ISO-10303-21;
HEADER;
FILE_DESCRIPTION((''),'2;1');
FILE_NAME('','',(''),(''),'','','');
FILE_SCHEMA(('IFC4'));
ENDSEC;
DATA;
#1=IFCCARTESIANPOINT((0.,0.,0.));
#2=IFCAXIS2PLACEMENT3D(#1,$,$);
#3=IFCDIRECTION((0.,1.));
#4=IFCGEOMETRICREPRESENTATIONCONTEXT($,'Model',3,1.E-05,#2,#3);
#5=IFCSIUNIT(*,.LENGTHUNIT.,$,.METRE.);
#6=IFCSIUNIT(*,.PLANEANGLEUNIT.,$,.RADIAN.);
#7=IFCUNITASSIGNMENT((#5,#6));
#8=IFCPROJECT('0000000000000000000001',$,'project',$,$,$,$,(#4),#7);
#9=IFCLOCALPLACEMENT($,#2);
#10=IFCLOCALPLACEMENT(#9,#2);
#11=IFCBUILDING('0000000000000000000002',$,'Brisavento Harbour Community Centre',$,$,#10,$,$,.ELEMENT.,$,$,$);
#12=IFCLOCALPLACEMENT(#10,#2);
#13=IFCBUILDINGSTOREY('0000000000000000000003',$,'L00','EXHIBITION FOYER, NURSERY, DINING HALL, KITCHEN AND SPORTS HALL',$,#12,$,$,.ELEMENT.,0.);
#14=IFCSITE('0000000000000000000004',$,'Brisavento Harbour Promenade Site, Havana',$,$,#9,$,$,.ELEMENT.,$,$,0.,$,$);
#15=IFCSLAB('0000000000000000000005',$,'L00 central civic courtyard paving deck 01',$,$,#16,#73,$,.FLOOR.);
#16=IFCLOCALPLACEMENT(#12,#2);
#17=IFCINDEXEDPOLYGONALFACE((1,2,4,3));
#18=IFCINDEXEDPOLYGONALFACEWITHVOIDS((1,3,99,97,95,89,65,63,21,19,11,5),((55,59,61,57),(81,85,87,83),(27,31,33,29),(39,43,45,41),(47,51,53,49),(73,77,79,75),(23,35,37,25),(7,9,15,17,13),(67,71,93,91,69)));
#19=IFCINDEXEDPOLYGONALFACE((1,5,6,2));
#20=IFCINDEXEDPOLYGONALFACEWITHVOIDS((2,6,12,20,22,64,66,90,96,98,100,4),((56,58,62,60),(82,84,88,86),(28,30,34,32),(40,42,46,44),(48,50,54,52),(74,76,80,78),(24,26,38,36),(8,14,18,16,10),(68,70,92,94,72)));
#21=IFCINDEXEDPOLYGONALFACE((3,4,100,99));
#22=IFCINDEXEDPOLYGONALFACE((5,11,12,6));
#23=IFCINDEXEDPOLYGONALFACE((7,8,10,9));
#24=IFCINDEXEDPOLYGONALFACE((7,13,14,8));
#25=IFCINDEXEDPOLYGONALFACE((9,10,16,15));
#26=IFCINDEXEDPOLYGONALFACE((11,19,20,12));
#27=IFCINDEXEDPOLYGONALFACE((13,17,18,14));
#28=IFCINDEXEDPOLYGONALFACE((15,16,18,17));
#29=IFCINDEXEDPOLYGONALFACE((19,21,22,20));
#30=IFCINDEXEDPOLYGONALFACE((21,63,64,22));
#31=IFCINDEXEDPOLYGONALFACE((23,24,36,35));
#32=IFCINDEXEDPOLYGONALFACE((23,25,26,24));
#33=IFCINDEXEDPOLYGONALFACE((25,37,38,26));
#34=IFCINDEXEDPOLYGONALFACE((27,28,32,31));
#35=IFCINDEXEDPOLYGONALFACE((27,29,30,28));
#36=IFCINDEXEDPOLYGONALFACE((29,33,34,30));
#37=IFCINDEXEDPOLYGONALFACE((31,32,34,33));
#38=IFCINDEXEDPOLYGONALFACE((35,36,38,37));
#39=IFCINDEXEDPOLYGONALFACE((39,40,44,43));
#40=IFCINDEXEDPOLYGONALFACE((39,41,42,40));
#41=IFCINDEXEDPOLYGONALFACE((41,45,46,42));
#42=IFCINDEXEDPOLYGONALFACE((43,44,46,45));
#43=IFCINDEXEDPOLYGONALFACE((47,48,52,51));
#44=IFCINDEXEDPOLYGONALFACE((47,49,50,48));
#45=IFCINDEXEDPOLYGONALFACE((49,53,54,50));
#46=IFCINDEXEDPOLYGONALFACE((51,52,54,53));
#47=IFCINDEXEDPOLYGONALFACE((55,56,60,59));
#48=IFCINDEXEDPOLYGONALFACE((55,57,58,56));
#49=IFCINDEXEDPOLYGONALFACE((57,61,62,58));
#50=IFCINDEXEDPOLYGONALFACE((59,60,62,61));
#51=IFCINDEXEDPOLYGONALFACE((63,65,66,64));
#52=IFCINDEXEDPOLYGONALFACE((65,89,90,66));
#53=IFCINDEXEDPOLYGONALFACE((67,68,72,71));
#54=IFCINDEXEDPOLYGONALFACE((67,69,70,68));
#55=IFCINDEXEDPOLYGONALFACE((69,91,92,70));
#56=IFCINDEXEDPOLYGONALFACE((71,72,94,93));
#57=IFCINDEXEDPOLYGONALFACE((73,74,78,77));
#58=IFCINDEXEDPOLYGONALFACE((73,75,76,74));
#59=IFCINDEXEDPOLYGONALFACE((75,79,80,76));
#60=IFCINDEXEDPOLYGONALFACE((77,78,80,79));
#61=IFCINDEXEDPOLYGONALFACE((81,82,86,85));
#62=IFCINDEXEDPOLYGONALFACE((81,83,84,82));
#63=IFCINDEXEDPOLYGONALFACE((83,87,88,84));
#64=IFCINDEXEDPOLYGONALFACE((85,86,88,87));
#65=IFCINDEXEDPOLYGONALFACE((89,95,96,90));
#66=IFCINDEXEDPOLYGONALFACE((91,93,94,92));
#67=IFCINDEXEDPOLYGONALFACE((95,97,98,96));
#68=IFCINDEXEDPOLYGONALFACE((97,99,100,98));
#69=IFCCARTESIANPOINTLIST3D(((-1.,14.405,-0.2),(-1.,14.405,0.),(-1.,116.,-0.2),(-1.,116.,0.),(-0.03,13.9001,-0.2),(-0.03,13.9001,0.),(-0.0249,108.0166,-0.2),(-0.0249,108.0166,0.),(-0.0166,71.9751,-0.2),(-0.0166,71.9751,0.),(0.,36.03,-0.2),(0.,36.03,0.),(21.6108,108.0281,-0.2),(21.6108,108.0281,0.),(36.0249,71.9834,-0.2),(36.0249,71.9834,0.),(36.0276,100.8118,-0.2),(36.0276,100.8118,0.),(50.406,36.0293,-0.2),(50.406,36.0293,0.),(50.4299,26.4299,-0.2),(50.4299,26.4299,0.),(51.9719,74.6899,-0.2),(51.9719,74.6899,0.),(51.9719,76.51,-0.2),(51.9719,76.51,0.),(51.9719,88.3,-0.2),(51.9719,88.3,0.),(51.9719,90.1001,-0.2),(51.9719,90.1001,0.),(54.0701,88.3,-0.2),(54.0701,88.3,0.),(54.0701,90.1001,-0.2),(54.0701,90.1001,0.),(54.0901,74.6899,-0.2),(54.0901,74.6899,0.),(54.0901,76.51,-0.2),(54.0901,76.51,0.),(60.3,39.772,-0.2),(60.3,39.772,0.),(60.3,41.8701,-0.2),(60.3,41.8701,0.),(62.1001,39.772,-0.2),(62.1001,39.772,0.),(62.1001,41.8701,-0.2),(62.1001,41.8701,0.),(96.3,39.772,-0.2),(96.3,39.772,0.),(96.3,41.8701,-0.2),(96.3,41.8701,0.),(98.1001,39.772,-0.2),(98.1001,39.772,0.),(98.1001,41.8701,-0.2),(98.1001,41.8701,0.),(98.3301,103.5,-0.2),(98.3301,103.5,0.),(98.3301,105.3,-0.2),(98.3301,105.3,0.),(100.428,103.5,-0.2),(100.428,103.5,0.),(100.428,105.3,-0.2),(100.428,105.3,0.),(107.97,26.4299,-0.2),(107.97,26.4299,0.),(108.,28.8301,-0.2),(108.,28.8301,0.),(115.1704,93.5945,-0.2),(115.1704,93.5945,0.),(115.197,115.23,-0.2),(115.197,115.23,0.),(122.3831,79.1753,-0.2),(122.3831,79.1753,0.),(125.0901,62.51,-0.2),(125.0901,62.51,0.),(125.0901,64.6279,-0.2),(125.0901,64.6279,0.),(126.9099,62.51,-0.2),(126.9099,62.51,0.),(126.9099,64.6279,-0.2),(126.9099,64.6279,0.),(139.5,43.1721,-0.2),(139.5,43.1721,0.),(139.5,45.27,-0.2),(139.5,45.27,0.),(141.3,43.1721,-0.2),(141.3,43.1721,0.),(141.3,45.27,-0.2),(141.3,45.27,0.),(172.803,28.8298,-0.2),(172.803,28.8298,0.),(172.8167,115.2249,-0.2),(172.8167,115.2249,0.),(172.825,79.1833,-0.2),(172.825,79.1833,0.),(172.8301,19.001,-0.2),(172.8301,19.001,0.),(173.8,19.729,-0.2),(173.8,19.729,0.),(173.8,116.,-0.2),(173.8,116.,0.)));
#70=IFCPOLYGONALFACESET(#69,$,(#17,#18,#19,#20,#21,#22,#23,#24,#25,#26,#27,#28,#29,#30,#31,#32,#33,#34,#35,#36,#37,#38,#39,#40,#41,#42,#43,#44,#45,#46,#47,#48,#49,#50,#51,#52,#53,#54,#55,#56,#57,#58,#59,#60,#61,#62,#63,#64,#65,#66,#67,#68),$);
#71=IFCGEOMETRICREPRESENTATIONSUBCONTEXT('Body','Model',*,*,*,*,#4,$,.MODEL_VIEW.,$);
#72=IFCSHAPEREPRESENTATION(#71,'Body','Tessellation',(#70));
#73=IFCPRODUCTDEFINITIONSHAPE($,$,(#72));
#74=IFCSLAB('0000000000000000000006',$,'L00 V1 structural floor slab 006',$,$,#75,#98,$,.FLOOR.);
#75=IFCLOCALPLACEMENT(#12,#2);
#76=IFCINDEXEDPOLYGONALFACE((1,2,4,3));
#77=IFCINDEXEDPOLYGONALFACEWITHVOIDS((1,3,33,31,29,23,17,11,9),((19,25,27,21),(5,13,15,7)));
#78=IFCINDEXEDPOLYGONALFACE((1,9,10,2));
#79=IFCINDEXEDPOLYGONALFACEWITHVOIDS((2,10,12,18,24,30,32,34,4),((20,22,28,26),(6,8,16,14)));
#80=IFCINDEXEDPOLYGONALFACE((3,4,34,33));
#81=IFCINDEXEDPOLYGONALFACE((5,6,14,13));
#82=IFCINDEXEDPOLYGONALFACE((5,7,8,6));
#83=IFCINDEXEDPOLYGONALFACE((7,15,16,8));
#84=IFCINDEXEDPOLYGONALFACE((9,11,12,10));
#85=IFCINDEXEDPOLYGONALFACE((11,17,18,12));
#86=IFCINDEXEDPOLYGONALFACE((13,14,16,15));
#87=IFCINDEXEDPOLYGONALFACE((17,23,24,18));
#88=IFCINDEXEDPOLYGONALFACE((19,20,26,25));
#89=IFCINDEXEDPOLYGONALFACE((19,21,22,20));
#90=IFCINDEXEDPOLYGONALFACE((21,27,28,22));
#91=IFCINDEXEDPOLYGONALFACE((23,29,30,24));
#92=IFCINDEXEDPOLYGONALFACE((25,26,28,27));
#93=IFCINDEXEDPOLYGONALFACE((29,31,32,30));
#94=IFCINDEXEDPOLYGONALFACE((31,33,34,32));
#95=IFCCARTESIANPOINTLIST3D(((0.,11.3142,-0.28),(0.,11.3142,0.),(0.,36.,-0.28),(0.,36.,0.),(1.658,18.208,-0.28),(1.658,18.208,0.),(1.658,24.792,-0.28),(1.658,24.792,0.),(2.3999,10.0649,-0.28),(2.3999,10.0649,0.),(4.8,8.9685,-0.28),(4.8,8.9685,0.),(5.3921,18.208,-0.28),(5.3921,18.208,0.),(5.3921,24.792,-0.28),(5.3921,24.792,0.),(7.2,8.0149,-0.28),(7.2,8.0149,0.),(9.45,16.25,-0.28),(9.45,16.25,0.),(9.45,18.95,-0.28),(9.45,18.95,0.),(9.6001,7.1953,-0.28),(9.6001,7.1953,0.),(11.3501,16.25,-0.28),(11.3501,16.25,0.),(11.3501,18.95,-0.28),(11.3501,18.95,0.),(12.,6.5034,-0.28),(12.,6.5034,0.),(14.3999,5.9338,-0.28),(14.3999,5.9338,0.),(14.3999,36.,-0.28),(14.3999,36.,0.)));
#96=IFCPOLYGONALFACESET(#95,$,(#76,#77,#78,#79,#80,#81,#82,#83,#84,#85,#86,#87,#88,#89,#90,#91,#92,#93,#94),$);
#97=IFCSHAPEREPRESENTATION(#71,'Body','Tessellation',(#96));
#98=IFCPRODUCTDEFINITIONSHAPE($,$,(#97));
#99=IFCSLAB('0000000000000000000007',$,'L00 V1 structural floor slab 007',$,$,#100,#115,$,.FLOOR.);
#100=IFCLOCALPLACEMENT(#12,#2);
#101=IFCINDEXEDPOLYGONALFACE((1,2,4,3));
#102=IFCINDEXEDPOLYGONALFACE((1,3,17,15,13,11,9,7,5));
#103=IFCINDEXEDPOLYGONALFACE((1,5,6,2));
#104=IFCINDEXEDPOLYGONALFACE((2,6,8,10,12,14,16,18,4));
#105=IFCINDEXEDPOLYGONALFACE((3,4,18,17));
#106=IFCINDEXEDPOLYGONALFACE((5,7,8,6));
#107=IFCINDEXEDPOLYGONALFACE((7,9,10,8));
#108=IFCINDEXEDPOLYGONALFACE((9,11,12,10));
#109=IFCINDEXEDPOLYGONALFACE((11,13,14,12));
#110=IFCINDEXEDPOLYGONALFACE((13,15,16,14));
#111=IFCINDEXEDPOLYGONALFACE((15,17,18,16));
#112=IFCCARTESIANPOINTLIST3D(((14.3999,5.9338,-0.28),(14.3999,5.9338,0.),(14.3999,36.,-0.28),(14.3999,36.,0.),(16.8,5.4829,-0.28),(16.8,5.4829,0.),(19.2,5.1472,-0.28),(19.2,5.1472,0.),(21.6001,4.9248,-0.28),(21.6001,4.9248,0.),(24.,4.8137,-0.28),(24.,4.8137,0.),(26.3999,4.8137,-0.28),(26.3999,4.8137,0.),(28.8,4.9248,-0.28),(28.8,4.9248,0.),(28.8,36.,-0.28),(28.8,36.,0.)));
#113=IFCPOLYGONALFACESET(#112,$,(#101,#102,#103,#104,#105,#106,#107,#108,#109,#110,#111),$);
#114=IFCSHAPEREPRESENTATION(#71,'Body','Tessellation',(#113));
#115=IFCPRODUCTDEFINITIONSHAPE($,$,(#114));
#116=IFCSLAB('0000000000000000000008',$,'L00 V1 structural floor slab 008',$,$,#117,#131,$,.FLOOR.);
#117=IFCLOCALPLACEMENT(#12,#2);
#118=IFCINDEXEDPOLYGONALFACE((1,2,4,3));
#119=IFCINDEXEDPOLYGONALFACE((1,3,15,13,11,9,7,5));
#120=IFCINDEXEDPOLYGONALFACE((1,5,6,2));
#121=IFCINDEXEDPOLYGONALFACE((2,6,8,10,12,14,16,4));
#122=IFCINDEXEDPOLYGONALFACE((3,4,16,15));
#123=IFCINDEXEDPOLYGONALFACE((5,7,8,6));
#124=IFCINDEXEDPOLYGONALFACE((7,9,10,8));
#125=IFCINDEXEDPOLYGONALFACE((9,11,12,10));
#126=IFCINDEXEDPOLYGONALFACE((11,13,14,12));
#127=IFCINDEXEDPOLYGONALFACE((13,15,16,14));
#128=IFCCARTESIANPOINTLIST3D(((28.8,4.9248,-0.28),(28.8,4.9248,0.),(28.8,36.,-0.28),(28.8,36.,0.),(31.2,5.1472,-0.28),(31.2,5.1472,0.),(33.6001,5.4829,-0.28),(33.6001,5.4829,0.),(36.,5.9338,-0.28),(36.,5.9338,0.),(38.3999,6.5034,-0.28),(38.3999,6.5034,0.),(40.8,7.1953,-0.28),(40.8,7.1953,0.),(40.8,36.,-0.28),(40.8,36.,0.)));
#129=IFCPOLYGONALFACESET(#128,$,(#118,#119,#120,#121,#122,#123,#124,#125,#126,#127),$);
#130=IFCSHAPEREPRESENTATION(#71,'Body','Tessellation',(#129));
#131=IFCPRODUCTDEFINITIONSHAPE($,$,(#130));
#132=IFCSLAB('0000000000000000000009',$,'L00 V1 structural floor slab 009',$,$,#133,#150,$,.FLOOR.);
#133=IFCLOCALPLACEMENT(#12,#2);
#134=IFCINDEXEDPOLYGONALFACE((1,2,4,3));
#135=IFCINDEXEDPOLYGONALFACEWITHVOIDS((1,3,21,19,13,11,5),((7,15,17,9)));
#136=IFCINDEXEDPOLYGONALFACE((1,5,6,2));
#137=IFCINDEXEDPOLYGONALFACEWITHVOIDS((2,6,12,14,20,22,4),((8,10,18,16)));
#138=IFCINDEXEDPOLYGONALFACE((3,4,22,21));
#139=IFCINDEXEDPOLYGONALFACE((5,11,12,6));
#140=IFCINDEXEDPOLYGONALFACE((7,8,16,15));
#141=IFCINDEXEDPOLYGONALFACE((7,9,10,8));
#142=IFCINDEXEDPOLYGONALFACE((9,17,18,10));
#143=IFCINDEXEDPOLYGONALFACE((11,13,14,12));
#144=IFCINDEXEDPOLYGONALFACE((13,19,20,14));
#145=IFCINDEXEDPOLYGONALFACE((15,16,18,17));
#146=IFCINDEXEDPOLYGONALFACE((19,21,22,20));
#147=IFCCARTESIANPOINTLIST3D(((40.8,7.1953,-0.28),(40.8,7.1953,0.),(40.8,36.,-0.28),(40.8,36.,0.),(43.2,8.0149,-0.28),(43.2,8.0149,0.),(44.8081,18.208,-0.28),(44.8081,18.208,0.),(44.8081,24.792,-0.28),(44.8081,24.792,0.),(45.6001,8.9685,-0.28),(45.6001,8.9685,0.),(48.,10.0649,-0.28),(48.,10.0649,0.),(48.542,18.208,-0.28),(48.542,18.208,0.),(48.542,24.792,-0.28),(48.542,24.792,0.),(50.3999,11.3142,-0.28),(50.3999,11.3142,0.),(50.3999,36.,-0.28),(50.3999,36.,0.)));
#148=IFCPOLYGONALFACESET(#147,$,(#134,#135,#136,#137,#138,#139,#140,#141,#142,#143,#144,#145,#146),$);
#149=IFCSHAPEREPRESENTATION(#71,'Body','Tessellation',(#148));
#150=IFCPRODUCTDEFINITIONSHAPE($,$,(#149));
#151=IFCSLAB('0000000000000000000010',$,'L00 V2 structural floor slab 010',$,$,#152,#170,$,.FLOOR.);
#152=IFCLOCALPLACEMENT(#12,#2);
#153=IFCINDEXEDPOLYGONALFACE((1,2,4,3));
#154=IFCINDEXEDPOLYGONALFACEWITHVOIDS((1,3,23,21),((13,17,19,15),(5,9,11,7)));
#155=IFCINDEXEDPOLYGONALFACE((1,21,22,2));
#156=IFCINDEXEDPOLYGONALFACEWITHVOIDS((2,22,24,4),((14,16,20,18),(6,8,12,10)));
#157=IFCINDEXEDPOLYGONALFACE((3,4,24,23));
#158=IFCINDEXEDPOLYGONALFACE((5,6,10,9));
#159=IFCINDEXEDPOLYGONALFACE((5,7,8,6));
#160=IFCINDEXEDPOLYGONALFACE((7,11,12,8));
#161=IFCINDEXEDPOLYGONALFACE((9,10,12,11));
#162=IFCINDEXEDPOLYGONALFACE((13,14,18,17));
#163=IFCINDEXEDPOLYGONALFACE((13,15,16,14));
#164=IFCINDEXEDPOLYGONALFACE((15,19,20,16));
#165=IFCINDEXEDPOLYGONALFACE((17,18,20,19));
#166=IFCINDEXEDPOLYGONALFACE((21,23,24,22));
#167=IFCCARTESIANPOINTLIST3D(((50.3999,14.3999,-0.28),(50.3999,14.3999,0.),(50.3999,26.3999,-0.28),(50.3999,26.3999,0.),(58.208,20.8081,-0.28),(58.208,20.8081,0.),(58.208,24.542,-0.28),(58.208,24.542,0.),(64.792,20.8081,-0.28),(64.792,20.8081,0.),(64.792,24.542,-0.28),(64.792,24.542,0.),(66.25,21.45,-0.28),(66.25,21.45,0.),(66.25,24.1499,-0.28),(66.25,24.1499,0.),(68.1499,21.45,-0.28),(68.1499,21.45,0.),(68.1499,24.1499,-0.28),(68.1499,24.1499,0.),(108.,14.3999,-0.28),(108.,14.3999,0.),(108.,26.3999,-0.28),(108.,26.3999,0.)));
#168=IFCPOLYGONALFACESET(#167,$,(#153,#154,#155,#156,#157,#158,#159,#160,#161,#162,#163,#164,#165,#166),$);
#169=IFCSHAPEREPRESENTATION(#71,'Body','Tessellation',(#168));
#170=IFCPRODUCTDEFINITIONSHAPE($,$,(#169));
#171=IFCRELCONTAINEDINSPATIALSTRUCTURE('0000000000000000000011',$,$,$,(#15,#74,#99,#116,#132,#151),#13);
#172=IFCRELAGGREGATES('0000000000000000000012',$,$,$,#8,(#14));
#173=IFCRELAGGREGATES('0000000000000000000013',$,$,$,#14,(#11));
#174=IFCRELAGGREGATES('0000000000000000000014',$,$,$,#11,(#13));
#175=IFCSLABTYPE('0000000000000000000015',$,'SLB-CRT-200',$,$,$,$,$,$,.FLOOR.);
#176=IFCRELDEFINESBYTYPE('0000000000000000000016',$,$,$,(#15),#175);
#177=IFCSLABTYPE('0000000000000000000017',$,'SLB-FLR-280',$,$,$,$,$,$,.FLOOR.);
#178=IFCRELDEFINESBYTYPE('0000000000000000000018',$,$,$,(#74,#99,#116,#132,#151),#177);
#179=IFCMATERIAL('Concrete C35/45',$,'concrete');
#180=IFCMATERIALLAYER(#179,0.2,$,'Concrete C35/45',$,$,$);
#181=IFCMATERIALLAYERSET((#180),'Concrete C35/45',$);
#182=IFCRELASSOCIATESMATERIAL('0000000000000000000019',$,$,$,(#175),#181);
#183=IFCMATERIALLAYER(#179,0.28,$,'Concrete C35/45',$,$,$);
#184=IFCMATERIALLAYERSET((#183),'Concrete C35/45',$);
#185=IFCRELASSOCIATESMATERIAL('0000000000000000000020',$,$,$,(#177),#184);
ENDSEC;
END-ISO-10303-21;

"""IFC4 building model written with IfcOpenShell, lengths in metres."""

from ifc_helpers import new_model, si_unit, direction, frame, origin, place, context, subcontext, project, spatial, polyline, outline, extrude, material, layer, layer_set, type_object, element, save


model = new_model("IFC4")

# Units and contexts
model_context = context("Model", 3, precision=1e-05, world=origin(), true_north=direction((0.0, 1.0)))
body_context = subcontext(model_context, "Body", "Model", "MODEL_VIEW")
ifc_project = project(units=[si_unit("LENGTHUNIT", "METRE"), si_unit("PLANEANGLEUNIT", "RADIAN")], contexts=[model_context])

# Site, building, storey
site_placement = place(None, origin())
site = spatial("IfcSite", under=ifc_project, at=site_placement, Name="Brisavento Harbour Promenade Site, Havana", CompositionType="ELEMENT", RefElevation=0.0)
building_placement = place(site_placement, origin())
building = spatial("IfcBuilding", under=site, at=building_placement, Name="Brisavento Harbour Community Centre", CompositionType="ELEMENT")
storey_placement = place(building_placement, origin())
storey = spatial("IfcBuildingStorey", under=building, at=storey_placement, Name="L00", Description="EXHIBITION FOYER, NURSERY, DINING HALL, KITCHEN AND SPORTS HALL", CompositionType="ELEMENT", Elevation=0.0)

# Slabs
ifc_material_1 = material(Name="Concrete C35/45", Category="concrete")
ifc_layer_1 = layer(ifc_material_1, 0.2, Name="Concrete C35/45")
ifc_layer_set_1 = layer_set([ifc_layer_1], Name="Concrete C35/45")
slab_type_1 = type_object("IfcSlabType", Name="SLB-CRT-200", PredefinedType="FLOOR", material=ifc_layer_set_1)
slab_1_placement = place(storey_placement, frame((0.0, 0.0, -0.2)))
element("IfcSlab", 1, at=slab_1_placement, inside=storey, type_object=slab_type_1, Name="L00 central civic courtyard paving deck 01", PredefinedType="FLOOR", context=body_context, shape_type="SweptSolid", body=[
    extrude(outline(polyline([(-1.0, 14.405), (-0.03, 13.9001), (0.0, 36.03), (50.406, 36.0293), (50.4299, 26.4299), (107.97, 26.4299), (108.0, 28.8301), (172.803, 28.8298), (172.8301, 19.001), (173.8, 19.729), (173.8, 116.0), (-1.0, 116.0), (-1.0, 14.405)]), holes=[polyline([(172.8167, 115.2249), (172.825, 79.1833), (122.3831, 79.1753), (115.1704, 93.5945), (115.197, 115.23), (172.8167, 115.2249)]), polyline([(36.0276, 100.8118), (36.0249, 71.9834), (-0.0166, 71.9751), (-0.0249, 108.0166), (21.6108, 108.0281), (36.0276, 100.8118)]), polyline([(60.3, 41.8701), (62.1001, 41.8701), (62.1001, 39.772), (60.3, 39.772), (60.3, 41.8701)]), polyline([(96.3, 41.8701), (98.1001, 41.8701), (98.1001, 39.772), (96.3, 39.772), (96.3, 41.8701)]), polyline([(126.9099, 62.51), (125.0901, 62.51), (125.0901, 64.6279), (126.9099, 64.6279), (126.9099, 62.51)]), polyline([(54.0901, 76.51), (54.0901, 74.6899), (51.9719, 74.6899), (51.9719, 76.51), (54.0901, 76.51)]), polyline([(139.5, 45.27), (141.3, 45.27), (141.3, 43.1721), (139.5, 43.1721), (139.5, 45.27)]), polyline([(98.3301, 103.5), (98.3301, 105.3), (100.428, 105.3), (100.428, 103.5), (98.3301, 103.5)]), polyline([(54.0701, 90.1001), (54.0701, 88.3), (51.9719, 88.3), (51.9719, 90.1001), (54.0701, 90.1001)])]), origin(), (0.0, 0.0, 1.0), 0.2),
])
ifc_layer_2 = layer(ifc_material_1, 0.28, Name="Concrete C35/45")
ifc_layer_set_2 = layer_set([ifc_layer_2], Name="Concrete C35/45")
slab_type_2 = type_object("IfcSlabType", Name="SLB-FLR-280", PredefinedType="FLOOR", material=ifc_layer_set_2)
slab_2_placement = place(storey_placement, frame((0.0, 0.0, -0.28)))
element("IfcSlab", 2, at=slab_2_placement, inside=storey, type_object=slab_type_2, Name="L00 V1 structural floor slab 006", PredefinedType="FLOOR", context=body_context, shape_type="SweptSolid", body=[
    extrude(outline(polyline([(0.0, 36.0), (0.0, 11.3142), (2.3999, 10.0649), (4.8, 8.9685), (7.2, 8.0149), (9.6001, 7.1953), (12.0, 6.5034), (14.3999, 5.9338), (14.3999, 36.0), (0.0, 36.0)]), holes=[polyline([(11.3501, 18.95), (11.3501, 16.25), (9.45, 16.25), (9.45, 18.95), (11.3501, 18.95)]), polyline([(1.658, 24.792), (5.3921, 24.792), (5.3921, 18.208), (1.658, 18.208), (1.658, 24.792)])]), origin(), (0.0, 0.0, 1.0), 0.28),
])
slab_3_placement = place(storey_placement, frame((0.0, 0.0, -0.28)))
element("IfcSlab", 3, at=slab_3_placement, inside=storey, type_object=slab_type_2, Name="L00 V1 structural floor slab 007", PredefinedType="FLOOR", context=body_context, shape_type="SweptSolid", body=[
    extrude(outline(polyline([(14.3999, 36.0), (14.3999, 5.9338), (16.8, 5.4829), (19.2, 5.1472), (21.6001, 4.9248), (24.0, 4.8137), (26.3999, 4.8137), (28.8, 4.9248), (28.8, 36.0), (14.3999, 36.0)])), origin(), (0.0, 0.0, 1.0), 0.28),
])
slab_4_placement = place(storey_placement, frame((0.0, 0.0, -0.28)))
element("IfcSlab", 4, at=slab_4_placement, inside=storey, type_object=slab_type_2, Name="L00 V1 structural floor slab 008", PredefinedType="FLOOR", context=body_context, shape_type="SweptSolid", body=[
    extrude(outline(polyline([(28.8, 36.0), (28.8, 4.9248), (31.2, 5.1472), (33.6001, 5.4829), (36.0, 5.9338), (38.3999, 6.5034), (40.8, 7.1953), (40.8, 36.0), (28.8, 36.0)])), origin(), (0.0, 0.0, 1.0), 0.28),
])
slab_5_placement = place(storey_placement, frame((0.0, 0.0, -0.28)))
element("IfcSlab", 5, at=slab_5_placement, inside=storey, type_object=slab_type_2, Name="L00 V1 structural floor slab 009", PredefinedType="FLOOR", context=body_context, shape_type="SweptSolid", body=[
    extrude(outline(polyline([(40.8, 36.0), (40.8, 7.1953), (43.2, 8.0149), (45.6001, 8.9685), (48.0, 10.0649), (50.3999, 11.3142), (50.3999, 36.0), (40.8, 36.0)]), holes=[polyline([(44.8081, 24.792), (48.542, 24.792), (48.542, 18.208), (44.8081, 18.208), (44.8081, 24.792)])]), origin(), (0.0, 0.0, 1.0), 0.28),
])
slab_6_placement = place(storey_placement, frame((0.0, 0.0, -0.28)))
element("IfcSlab", 6, at=slab_6_placement, inside=storey, type_object=slab_type_2, Name="L00 V2 structural floor slab 010", PredefinedType="FLOOR", context=body_context, shape_type="SweptSolid", body=[
    extrude(outline(polyline([(50.3999, 14.3999), (108.0, 14.3999), (108.0, 26.3999), (50.3999, 26.3999), (50.3999, 14.3999)]), holes=[polyline([(58.208, 20.8081), (58.208, 24.542), (64.792, 24.542), (64.792, 20.8081), (58.208, 20.8081)]), polyline([(66.25, 21.45), (66.25, 24.1499), (68.1499, 24.1499), (68.1499, 21.45), (66.25, 21.45)])]), origin(), (0.0, 0.0, 1.0), 0.28),
])

save(model, "model.ifc")
